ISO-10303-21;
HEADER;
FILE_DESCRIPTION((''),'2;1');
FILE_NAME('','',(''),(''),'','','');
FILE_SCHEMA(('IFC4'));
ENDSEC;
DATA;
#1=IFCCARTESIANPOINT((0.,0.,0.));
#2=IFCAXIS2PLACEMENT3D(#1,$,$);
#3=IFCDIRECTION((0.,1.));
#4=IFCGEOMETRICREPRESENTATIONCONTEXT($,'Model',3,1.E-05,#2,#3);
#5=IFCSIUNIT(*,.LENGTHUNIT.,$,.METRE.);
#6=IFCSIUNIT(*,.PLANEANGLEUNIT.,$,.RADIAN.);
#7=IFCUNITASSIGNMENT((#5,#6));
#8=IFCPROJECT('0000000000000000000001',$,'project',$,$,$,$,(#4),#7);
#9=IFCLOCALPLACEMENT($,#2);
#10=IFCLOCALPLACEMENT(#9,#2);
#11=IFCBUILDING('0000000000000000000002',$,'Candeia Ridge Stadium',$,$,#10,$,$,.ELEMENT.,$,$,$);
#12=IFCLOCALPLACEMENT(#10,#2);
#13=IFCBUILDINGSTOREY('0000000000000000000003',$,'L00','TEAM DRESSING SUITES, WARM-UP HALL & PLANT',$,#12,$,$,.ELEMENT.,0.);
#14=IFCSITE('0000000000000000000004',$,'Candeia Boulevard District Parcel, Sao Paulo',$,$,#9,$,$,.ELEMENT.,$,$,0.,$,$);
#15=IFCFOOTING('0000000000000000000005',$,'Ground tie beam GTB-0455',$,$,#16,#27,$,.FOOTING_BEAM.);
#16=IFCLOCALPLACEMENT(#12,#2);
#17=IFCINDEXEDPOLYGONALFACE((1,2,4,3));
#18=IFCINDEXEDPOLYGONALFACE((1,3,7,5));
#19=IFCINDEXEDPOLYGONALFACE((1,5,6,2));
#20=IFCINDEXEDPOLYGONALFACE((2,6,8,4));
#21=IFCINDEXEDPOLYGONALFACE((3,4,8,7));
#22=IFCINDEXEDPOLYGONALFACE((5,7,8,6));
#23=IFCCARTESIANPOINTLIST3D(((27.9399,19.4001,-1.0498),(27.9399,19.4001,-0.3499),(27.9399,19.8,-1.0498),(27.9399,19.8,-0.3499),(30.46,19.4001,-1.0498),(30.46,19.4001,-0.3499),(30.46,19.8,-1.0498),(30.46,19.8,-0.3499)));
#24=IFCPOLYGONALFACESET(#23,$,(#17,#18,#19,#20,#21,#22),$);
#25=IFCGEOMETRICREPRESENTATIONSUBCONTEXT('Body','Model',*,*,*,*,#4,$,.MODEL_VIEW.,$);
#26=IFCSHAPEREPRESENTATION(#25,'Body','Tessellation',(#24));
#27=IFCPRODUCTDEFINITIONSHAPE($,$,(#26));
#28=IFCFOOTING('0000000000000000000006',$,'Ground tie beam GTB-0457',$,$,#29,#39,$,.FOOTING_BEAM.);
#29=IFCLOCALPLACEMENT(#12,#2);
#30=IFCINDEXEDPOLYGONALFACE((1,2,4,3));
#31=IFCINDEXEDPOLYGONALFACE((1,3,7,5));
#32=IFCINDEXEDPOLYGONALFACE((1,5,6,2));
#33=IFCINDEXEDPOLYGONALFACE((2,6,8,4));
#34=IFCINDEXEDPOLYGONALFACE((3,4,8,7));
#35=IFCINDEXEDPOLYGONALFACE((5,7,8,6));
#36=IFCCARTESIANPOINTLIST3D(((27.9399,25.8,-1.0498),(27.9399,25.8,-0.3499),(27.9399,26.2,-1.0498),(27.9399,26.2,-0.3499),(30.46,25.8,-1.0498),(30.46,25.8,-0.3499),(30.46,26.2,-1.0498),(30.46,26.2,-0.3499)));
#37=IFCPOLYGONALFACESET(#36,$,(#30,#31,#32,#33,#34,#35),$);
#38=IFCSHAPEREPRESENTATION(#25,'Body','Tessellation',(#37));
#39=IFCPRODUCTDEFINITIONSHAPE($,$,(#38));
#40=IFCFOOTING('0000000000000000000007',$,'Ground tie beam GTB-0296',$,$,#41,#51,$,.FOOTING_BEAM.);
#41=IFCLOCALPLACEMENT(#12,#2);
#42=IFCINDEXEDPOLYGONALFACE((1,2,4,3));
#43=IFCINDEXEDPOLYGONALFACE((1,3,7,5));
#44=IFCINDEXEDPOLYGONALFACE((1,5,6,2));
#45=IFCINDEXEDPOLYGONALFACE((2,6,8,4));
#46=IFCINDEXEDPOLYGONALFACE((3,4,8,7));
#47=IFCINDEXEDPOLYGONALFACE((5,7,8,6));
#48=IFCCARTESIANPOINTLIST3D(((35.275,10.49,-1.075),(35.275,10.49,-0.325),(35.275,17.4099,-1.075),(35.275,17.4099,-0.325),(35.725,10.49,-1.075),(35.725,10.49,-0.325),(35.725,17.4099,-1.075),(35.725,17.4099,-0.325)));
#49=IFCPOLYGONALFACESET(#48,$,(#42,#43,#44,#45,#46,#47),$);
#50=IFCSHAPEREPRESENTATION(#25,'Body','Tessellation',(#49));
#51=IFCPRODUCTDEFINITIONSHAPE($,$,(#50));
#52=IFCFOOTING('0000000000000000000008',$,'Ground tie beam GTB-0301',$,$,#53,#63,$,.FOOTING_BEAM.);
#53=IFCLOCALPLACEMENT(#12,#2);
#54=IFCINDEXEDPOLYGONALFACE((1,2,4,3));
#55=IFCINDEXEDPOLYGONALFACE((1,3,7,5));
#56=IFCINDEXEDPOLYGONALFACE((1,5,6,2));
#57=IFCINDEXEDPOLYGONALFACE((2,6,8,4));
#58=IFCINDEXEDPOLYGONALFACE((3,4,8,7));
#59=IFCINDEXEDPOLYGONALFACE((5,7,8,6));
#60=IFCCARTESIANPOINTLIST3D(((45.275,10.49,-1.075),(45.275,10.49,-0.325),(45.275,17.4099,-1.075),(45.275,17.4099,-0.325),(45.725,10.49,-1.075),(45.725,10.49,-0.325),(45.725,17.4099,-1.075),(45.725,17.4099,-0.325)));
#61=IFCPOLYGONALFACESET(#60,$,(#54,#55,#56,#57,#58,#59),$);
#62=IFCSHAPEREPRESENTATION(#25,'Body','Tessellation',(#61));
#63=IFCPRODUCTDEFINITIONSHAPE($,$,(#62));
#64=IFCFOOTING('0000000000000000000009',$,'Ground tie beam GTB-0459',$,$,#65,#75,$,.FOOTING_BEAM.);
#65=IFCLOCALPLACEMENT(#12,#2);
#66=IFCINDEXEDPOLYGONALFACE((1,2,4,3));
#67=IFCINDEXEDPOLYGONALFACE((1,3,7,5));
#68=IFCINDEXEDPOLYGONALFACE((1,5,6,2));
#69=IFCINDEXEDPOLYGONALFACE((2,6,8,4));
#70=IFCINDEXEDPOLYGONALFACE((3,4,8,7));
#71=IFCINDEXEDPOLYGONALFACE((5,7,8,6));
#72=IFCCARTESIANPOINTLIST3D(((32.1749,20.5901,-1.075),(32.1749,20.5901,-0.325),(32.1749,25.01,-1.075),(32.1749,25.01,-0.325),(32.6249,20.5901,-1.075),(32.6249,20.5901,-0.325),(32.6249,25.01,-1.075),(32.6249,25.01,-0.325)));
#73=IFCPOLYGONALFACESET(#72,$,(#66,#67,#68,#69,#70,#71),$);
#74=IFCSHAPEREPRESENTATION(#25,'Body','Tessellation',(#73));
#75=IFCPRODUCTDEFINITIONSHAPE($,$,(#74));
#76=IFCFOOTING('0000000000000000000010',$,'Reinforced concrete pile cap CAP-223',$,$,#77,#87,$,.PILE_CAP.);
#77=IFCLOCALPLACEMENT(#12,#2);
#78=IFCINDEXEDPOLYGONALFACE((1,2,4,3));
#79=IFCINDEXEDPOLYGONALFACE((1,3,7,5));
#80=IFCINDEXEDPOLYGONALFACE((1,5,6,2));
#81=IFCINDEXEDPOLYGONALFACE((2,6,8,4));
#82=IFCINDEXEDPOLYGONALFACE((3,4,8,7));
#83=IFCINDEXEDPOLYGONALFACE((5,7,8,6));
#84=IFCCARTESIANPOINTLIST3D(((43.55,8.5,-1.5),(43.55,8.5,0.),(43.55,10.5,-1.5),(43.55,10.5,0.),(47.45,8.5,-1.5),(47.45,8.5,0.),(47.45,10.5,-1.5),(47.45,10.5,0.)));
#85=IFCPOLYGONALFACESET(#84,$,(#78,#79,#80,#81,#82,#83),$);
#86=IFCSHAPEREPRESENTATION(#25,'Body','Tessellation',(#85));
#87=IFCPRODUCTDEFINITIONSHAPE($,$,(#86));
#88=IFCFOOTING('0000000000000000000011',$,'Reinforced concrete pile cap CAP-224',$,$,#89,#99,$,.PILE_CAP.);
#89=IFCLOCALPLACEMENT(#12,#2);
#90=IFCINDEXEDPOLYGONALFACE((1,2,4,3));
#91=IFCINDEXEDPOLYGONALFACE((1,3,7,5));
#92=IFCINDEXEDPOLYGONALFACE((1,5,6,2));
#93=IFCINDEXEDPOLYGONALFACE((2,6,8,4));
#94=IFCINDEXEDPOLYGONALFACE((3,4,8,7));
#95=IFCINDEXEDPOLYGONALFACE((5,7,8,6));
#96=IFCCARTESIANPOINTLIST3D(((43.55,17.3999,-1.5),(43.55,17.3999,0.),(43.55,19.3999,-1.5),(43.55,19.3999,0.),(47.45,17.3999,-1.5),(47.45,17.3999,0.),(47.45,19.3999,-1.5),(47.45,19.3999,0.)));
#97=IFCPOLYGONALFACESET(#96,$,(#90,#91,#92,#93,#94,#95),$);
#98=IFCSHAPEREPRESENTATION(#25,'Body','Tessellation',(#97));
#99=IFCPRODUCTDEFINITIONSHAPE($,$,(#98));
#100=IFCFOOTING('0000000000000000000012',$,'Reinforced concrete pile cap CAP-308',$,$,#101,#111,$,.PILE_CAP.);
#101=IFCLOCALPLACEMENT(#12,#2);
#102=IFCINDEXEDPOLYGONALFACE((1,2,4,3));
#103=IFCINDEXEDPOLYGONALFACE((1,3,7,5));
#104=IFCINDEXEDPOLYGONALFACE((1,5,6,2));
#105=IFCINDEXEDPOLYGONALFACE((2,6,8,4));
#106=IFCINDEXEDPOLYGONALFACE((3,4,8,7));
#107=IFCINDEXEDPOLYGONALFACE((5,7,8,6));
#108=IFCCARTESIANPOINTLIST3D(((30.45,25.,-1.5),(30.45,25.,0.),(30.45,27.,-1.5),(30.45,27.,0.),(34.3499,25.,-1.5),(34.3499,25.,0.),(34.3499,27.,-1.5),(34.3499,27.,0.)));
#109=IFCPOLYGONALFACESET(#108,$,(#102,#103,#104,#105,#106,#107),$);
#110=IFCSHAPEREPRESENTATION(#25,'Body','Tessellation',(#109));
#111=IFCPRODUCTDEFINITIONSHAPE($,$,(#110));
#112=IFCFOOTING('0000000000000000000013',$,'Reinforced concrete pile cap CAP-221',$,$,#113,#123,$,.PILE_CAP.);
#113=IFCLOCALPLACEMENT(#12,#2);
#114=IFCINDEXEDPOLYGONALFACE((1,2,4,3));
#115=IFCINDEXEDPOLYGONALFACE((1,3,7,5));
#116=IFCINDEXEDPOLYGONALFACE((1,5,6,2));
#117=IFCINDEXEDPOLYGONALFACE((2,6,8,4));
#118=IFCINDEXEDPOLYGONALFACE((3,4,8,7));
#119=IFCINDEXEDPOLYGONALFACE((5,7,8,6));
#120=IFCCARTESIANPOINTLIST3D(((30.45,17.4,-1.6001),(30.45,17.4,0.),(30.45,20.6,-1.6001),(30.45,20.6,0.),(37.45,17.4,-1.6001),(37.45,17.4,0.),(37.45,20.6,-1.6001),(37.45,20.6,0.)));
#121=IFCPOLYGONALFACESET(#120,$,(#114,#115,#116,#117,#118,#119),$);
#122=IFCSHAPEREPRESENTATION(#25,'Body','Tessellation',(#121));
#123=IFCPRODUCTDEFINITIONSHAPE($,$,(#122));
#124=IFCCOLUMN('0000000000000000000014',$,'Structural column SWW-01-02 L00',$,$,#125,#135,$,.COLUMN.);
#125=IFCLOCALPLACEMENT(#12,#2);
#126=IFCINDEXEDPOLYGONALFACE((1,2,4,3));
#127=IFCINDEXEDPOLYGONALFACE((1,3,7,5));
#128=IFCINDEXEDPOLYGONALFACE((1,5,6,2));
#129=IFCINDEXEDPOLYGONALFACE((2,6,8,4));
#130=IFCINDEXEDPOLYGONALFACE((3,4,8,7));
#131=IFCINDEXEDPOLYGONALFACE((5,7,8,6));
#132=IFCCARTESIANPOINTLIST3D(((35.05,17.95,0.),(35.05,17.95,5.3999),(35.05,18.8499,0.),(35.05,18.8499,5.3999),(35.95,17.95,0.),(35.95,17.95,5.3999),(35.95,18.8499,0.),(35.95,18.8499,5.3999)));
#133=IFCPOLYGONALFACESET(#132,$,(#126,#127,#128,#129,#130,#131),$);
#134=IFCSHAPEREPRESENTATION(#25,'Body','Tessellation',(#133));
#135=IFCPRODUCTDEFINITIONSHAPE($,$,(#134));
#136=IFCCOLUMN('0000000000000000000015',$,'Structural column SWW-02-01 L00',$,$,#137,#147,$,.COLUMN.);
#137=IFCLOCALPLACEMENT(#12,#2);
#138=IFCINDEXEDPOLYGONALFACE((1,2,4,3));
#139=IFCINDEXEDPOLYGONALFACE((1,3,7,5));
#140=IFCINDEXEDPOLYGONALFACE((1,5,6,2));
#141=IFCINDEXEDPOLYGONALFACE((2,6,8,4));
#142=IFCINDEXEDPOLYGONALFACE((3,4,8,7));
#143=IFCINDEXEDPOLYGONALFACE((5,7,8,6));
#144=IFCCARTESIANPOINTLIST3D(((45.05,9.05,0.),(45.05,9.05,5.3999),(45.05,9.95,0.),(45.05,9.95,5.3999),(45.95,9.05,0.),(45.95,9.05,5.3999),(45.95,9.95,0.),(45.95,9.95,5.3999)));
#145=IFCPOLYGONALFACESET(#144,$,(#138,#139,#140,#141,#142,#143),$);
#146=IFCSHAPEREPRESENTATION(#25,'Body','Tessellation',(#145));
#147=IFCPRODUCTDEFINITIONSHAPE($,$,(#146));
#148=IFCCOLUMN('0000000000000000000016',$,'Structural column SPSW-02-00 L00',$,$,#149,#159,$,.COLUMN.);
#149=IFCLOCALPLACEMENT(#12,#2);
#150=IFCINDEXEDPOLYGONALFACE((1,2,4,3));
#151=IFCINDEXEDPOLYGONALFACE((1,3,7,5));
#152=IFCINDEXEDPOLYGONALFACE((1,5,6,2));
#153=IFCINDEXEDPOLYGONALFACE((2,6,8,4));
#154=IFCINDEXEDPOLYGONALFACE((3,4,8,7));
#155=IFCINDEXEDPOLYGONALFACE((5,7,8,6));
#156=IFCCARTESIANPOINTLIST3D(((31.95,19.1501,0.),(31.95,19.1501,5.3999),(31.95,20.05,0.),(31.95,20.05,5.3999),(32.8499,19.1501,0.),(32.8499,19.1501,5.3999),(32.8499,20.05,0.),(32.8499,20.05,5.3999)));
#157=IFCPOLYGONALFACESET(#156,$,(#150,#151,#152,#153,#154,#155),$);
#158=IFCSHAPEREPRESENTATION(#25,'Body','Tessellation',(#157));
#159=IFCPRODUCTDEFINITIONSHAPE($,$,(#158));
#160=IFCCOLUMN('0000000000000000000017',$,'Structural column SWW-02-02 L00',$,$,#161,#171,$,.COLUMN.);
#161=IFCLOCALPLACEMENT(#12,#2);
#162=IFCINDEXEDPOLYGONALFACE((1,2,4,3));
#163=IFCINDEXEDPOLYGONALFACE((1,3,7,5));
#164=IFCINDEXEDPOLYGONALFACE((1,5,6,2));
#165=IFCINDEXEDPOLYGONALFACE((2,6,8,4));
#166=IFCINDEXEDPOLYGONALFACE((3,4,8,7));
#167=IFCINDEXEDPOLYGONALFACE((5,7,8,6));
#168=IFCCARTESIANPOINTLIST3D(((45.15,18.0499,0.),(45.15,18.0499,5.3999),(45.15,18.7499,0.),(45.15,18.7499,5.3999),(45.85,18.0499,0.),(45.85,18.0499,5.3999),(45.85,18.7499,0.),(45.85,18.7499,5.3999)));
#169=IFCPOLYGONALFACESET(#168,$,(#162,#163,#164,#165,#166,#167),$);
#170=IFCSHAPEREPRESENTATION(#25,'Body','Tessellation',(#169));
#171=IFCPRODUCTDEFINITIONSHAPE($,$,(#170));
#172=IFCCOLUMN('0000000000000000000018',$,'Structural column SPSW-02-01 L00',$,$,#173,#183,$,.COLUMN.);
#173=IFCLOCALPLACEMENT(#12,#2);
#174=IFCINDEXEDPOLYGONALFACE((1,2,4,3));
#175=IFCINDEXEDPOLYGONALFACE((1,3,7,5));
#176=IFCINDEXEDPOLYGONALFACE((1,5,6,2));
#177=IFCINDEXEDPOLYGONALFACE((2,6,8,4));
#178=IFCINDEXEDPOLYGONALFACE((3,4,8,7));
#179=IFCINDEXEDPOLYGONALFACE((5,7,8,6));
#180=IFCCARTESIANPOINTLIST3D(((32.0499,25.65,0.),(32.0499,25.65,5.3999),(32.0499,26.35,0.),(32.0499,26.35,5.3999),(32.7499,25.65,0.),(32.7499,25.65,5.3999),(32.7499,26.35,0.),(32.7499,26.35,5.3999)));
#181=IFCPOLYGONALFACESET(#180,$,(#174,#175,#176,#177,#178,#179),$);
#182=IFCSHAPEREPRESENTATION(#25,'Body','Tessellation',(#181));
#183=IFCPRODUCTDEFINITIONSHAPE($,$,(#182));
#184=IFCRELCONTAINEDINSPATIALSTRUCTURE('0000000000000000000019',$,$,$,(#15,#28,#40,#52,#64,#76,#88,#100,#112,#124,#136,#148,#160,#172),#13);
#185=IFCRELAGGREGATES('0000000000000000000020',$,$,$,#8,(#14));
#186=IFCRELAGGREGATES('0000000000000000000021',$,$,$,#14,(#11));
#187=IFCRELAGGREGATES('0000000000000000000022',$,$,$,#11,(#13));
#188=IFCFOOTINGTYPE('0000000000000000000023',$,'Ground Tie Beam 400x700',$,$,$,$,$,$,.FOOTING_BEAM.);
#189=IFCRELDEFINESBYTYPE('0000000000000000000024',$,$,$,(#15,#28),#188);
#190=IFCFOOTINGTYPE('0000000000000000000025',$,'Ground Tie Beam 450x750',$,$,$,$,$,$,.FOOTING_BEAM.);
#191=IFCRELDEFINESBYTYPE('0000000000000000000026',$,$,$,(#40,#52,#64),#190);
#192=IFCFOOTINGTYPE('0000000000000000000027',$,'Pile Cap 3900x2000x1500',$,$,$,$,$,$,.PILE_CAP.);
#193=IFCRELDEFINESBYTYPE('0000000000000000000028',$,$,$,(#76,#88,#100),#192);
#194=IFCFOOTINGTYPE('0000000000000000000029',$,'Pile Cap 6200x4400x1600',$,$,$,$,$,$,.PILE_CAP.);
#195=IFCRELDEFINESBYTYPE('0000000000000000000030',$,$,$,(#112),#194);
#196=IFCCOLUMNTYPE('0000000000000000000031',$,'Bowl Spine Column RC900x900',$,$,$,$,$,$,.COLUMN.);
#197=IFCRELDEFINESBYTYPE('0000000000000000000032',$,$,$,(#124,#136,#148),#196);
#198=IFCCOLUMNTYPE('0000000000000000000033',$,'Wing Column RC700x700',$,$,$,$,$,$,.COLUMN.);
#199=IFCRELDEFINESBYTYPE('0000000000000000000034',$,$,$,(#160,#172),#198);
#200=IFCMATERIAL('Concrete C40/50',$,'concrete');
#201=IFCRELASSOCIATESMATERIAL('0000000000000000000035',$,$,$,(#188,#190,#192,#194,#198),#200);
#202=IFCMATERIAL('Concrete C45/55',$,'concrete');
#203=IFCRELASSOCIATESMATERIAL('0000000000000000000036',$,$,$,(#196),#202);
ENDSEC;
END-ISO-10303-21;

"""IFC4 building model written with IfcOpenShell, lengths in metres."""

from ifc_helpers import new_model, si_unit, direction, frame, origin, origin_2d, place, context, subcontext, project, spatial, rectangle, extrude, material, material_profile, profile_set, type_object, element, save


model = new_model("IFC4")

# Units and contexts
model_context = context("Model", 3, precision=1e-05, world=origin(), true_north=direction((0.0, 1.0)))
body_context = subcontext(model_context, "Body", "Model", "MODEL_VIEW")
ifc_project = project(units=[si_unit("LENGTHUNIT", "METRE"), si_unit("PLANEANGLEUNIT", "RADIAN")], contexts=[model_context])

# Site, building, storey
site_placement = place(None, origin())
site = spatial("IfcSite", under=ifc_project, at=site_placement, Name="Candeia Boulevard District Parcel, Sao Paulo", CompositionType="ELEMENT", RefElevation=0.0)
building_placement = place(site_placement, origin())
building = spatial("IfcBuilding", under=site, at=building_placement, Name="Candeia Ridge Stadium", CompositionType="ELEMENT")
storey_placement = place(building_placement, origin())
storey = spatial("IfcBuildingStorey", under=building, at=storey_placement, Name="L00", Description="TEAM DRESSING SUITES, WARM-UP HALL & PLANT", CompositionType="ELEMENT", Elevation=0.0)

# Shared definitions
ifc_material_1 = material(Name="Concrete C40/50", Category="concrete")

# Footings
footing_type_1 = type_object("IfcFootingType", Name="Ground Tie Beam 400x700", PredefinedType="FOOTING_BEAM", material=ifc_material_1)
for number, where, z_axis, x_axis, name in (
    (1, (29.2, 19.6001, -1.0498), (0.0, 0.0, 1.0), (1.0, 0.0, 0.0), "Ground tie beam GTB-0455"),
    (2, (29.2, 26.0, -1.0498), (0.0, 0.0, 1.0), (1.0, 0.0, 0.0), "Ground tie beam GTB-0457"),
):
    element("IfcFooting", number, at=place(storey_placement, frame(where, z_axis=z_axis, x_axis=x_axis)), inside=storey, type_object=footing_type_1, Name=name, PredefinedType="FOOTING_BEAM", context=body_context, shape_type="SweptSolid", body=[
        extrude(rectangle(XDim=2.52, YDim=0.3999, at=origin_2d()), origin(), (0.0, 0.0, 1.0), 0.7),
    ])
footing_type_2 = type_object("IfcFootingType", Name="Ground Tie Beam 450x750", PredefinedType="FOOTING_BEAM", material=ifc_material_1)
for number, where, z_axis, x_axis, name in (
    (3, (35.5, 13.95, -1.075), (0.0, 0.0, 1.0), (0.0, 1.0, 0.0), "Ground tie beam GTB-0296"),
    (4, (45.5, 13.95, -1.075), (0.0, 0.0, 1.0), (0.0, 1.0, 0.0), "Ground tie beam GTB-0301"),
):
    element("IfcFooting", number, at=place(storey_placement, frame(where, z_axis=z_axis, x_axis=x_axis)), inside=storey, type_object=footing_type_2, Name=name, PredefinedType="FOOTING_BEAM", context=body_context, shape_type="SweptSolid", body=[
        extrude(rectangle(XDim=6.9199, YDim=0.45, at=origin_2d()), origin(), (0.0, 0.0, 1.0), 0.75),
    ])
footing_1_placement = place(storey_placement, frame((32.3999, 22.8, -1.075), z_axis=(0.0, 0.0, 1.0), x_axis=(0.0, 1.0, 0.0)))
element("IfcFooting", 5, at=footing_1_placement, inside=storey, type_object=footing_type_2, Name="Ground tie beam GTB-0459", PredefinedType="FOOTING_BEAM", context=body_context, shape_type="SweptSolid", body=[
    extrude(rectangle(XDim=4.4199, YDim=0.45, at=origin_2d()), origin(), (0.0, 0.0, 1.0), 0.75),
])
footing_type_3 = type_object("IfcFootingType", Name="Pile Cap 3900x2000x1500", PredefinedType="PILE_CAP", material=ifc_material_1)
for number, where, z_axis, x_axis, name in (
    (6, (45.5, 9.5, -1.5), (0.0, 0.0, 1.0), (1.0, 0.0, 0.0), "Reinforced concrete pile cap CAP-223"),
    (7, (45.5, 18.3999, -1.5), (0.0, 0.0, 1.0), (1.0, 0.0, 0.0), "Reinforced concrete pile cap CAP-224"),
    (8, (32.3999, 26.0, -1.5), (0.0, 0.0, 1.0), (1.0, 0.0, 0.0), "Reinforced concrete pile cap CAP-308"),
):
    element("IfcFooting", number, at=place(storey_placement, frame(where, z_axis=z_axis, x_axis=x_axis)), inside=storey, type_object=footing_type_3, Name=name, PredefinedType="PILE_CAP", context=body_context, shape_type="SweptSolid", body=[
        extrude(rectangle(XDim=3.8999, YDim=2.0, at=origin_2d()), origin(), (0.0, 0.0, 1.0), 1.5),
    ])
footing_type_4 = type_object("IfcFootingType", Name="Pile Cap 6200x4400x1600", PredefinedType="PILE_CAP", material=ifc_material_1)
footing_2_placement = place(storey_placement, frame((33.95, 19.0, -1.6001), z_axis=(0.0, 0.0, 1.0), x_axis=(1.0, 0.0, 0.0)))
element("IfcFooting", 9, at=footing_2_placement, inside=storey, type_object=footing_type_4, Name="Reinforced concrete pile cap CAP-221", PredefinedType="PILE_CAP", context=body_context, shape_type="SweptSolid", body=[
    extrude(rectangle(XDim=7.0, YDim=3.2, at=origin_2d()), origin(), (0.0, 0.0, 1.0), 1.6001),
])

# Columns
ifc_material_2 = material(Name="Concrete C45/55", Category="concrete")
ifc_material_profile_1 = material_profile(ifc_material_2, rectangle(XDim=0.8999, YDim=0.8999, at=origin_2d()), Name="RC900x900", Category="concrete")
ifc_profile_set_1 = profile_set([ifc_material_profile_1], Name="Concrete C45/55")
column_type_1 = type_object("IfcColumnType", Name="Bowl Spine Column RC900x900", PredefinedType="COLUMN", material=ifc_profile_set_1)
for number, where, z_axis, x_axis, name in (
    (10, (35.5, 18.3999, 0.0), (0.0, 0.0, 1.0), (1.0, 0.0, 0.0), "Structural column SWW-01-02 L00"),
    (11, (45.5, 9.5, 0.0), (0.0, 0.0, 1.0), (1.0, 0.0, 0.0), "Structural column SWW-02-01 L00"),
    (12, (32.3999, 19.6001, 0.0), (0.0, 0.0, 1.0), (1.0, 0.0, 0.0), "Structural column SPSW-02-00 L00"),
):
    element("IfcColumn", number, at=place(storey_placement, frame(where, z_axis=z_axis, x_axis=x_axis)), inside=storey, type_object=column_type_1, Name=name, PredefinedType="COLUMN", context=body_context, shape_type="SweptSolid", body=[
        extrude(rectangle(XDim=0.8999, YDim=0.8999, at=origin_2d()), origin(), (0.0, 0.0, 1.0), 5.3999),
    ])
ifc_material_profile_2 = material_profile(ifc_material_1, rectangle(XDim=0.7, YDim=0.7, at=origin_2d()), Name="RC700x700", Category="concrete")
ifc_profile_set_2 = profile_set([ifc_material_profile_2], Name="Concrete C40/50")
column_type_2 = type_object("IfcColumnType", Name="Wing Column RC700x700", PredefinedType="COLUMN", material=ifc_profile_set_2)
for number, where, z_axis, x_axis, name in (
    (13, (45.5, 18.3999, 0.0), (0.0, 0.0, 1.0), (1.0, 0.0, 0.0), "Structural column SWW-02-02 L00"),
    (14, (32.3999, 26.0, 0.0), (0.0, 0.0, 1.0), (1.0, 0.0, 0.0), "Structural column SPSW-02-01 L00"),
):
    element("IfcColumn", number, at=place(storey_placement, frame(where, z_axis=z_axis, x_axis=x_axis)), inside=storey, type_object=column_type_2, Name=name, PredefinedType="COLUMN", context=body_context, shape_type="SweptSolid", body=[
        extrude(rectangle(XDim=0.7, YDim=0.7, at=origin_2d()), origin(), (0.0, 0.0, 1.0), 5.3999),
    ])

save(model, "model.ifc")
